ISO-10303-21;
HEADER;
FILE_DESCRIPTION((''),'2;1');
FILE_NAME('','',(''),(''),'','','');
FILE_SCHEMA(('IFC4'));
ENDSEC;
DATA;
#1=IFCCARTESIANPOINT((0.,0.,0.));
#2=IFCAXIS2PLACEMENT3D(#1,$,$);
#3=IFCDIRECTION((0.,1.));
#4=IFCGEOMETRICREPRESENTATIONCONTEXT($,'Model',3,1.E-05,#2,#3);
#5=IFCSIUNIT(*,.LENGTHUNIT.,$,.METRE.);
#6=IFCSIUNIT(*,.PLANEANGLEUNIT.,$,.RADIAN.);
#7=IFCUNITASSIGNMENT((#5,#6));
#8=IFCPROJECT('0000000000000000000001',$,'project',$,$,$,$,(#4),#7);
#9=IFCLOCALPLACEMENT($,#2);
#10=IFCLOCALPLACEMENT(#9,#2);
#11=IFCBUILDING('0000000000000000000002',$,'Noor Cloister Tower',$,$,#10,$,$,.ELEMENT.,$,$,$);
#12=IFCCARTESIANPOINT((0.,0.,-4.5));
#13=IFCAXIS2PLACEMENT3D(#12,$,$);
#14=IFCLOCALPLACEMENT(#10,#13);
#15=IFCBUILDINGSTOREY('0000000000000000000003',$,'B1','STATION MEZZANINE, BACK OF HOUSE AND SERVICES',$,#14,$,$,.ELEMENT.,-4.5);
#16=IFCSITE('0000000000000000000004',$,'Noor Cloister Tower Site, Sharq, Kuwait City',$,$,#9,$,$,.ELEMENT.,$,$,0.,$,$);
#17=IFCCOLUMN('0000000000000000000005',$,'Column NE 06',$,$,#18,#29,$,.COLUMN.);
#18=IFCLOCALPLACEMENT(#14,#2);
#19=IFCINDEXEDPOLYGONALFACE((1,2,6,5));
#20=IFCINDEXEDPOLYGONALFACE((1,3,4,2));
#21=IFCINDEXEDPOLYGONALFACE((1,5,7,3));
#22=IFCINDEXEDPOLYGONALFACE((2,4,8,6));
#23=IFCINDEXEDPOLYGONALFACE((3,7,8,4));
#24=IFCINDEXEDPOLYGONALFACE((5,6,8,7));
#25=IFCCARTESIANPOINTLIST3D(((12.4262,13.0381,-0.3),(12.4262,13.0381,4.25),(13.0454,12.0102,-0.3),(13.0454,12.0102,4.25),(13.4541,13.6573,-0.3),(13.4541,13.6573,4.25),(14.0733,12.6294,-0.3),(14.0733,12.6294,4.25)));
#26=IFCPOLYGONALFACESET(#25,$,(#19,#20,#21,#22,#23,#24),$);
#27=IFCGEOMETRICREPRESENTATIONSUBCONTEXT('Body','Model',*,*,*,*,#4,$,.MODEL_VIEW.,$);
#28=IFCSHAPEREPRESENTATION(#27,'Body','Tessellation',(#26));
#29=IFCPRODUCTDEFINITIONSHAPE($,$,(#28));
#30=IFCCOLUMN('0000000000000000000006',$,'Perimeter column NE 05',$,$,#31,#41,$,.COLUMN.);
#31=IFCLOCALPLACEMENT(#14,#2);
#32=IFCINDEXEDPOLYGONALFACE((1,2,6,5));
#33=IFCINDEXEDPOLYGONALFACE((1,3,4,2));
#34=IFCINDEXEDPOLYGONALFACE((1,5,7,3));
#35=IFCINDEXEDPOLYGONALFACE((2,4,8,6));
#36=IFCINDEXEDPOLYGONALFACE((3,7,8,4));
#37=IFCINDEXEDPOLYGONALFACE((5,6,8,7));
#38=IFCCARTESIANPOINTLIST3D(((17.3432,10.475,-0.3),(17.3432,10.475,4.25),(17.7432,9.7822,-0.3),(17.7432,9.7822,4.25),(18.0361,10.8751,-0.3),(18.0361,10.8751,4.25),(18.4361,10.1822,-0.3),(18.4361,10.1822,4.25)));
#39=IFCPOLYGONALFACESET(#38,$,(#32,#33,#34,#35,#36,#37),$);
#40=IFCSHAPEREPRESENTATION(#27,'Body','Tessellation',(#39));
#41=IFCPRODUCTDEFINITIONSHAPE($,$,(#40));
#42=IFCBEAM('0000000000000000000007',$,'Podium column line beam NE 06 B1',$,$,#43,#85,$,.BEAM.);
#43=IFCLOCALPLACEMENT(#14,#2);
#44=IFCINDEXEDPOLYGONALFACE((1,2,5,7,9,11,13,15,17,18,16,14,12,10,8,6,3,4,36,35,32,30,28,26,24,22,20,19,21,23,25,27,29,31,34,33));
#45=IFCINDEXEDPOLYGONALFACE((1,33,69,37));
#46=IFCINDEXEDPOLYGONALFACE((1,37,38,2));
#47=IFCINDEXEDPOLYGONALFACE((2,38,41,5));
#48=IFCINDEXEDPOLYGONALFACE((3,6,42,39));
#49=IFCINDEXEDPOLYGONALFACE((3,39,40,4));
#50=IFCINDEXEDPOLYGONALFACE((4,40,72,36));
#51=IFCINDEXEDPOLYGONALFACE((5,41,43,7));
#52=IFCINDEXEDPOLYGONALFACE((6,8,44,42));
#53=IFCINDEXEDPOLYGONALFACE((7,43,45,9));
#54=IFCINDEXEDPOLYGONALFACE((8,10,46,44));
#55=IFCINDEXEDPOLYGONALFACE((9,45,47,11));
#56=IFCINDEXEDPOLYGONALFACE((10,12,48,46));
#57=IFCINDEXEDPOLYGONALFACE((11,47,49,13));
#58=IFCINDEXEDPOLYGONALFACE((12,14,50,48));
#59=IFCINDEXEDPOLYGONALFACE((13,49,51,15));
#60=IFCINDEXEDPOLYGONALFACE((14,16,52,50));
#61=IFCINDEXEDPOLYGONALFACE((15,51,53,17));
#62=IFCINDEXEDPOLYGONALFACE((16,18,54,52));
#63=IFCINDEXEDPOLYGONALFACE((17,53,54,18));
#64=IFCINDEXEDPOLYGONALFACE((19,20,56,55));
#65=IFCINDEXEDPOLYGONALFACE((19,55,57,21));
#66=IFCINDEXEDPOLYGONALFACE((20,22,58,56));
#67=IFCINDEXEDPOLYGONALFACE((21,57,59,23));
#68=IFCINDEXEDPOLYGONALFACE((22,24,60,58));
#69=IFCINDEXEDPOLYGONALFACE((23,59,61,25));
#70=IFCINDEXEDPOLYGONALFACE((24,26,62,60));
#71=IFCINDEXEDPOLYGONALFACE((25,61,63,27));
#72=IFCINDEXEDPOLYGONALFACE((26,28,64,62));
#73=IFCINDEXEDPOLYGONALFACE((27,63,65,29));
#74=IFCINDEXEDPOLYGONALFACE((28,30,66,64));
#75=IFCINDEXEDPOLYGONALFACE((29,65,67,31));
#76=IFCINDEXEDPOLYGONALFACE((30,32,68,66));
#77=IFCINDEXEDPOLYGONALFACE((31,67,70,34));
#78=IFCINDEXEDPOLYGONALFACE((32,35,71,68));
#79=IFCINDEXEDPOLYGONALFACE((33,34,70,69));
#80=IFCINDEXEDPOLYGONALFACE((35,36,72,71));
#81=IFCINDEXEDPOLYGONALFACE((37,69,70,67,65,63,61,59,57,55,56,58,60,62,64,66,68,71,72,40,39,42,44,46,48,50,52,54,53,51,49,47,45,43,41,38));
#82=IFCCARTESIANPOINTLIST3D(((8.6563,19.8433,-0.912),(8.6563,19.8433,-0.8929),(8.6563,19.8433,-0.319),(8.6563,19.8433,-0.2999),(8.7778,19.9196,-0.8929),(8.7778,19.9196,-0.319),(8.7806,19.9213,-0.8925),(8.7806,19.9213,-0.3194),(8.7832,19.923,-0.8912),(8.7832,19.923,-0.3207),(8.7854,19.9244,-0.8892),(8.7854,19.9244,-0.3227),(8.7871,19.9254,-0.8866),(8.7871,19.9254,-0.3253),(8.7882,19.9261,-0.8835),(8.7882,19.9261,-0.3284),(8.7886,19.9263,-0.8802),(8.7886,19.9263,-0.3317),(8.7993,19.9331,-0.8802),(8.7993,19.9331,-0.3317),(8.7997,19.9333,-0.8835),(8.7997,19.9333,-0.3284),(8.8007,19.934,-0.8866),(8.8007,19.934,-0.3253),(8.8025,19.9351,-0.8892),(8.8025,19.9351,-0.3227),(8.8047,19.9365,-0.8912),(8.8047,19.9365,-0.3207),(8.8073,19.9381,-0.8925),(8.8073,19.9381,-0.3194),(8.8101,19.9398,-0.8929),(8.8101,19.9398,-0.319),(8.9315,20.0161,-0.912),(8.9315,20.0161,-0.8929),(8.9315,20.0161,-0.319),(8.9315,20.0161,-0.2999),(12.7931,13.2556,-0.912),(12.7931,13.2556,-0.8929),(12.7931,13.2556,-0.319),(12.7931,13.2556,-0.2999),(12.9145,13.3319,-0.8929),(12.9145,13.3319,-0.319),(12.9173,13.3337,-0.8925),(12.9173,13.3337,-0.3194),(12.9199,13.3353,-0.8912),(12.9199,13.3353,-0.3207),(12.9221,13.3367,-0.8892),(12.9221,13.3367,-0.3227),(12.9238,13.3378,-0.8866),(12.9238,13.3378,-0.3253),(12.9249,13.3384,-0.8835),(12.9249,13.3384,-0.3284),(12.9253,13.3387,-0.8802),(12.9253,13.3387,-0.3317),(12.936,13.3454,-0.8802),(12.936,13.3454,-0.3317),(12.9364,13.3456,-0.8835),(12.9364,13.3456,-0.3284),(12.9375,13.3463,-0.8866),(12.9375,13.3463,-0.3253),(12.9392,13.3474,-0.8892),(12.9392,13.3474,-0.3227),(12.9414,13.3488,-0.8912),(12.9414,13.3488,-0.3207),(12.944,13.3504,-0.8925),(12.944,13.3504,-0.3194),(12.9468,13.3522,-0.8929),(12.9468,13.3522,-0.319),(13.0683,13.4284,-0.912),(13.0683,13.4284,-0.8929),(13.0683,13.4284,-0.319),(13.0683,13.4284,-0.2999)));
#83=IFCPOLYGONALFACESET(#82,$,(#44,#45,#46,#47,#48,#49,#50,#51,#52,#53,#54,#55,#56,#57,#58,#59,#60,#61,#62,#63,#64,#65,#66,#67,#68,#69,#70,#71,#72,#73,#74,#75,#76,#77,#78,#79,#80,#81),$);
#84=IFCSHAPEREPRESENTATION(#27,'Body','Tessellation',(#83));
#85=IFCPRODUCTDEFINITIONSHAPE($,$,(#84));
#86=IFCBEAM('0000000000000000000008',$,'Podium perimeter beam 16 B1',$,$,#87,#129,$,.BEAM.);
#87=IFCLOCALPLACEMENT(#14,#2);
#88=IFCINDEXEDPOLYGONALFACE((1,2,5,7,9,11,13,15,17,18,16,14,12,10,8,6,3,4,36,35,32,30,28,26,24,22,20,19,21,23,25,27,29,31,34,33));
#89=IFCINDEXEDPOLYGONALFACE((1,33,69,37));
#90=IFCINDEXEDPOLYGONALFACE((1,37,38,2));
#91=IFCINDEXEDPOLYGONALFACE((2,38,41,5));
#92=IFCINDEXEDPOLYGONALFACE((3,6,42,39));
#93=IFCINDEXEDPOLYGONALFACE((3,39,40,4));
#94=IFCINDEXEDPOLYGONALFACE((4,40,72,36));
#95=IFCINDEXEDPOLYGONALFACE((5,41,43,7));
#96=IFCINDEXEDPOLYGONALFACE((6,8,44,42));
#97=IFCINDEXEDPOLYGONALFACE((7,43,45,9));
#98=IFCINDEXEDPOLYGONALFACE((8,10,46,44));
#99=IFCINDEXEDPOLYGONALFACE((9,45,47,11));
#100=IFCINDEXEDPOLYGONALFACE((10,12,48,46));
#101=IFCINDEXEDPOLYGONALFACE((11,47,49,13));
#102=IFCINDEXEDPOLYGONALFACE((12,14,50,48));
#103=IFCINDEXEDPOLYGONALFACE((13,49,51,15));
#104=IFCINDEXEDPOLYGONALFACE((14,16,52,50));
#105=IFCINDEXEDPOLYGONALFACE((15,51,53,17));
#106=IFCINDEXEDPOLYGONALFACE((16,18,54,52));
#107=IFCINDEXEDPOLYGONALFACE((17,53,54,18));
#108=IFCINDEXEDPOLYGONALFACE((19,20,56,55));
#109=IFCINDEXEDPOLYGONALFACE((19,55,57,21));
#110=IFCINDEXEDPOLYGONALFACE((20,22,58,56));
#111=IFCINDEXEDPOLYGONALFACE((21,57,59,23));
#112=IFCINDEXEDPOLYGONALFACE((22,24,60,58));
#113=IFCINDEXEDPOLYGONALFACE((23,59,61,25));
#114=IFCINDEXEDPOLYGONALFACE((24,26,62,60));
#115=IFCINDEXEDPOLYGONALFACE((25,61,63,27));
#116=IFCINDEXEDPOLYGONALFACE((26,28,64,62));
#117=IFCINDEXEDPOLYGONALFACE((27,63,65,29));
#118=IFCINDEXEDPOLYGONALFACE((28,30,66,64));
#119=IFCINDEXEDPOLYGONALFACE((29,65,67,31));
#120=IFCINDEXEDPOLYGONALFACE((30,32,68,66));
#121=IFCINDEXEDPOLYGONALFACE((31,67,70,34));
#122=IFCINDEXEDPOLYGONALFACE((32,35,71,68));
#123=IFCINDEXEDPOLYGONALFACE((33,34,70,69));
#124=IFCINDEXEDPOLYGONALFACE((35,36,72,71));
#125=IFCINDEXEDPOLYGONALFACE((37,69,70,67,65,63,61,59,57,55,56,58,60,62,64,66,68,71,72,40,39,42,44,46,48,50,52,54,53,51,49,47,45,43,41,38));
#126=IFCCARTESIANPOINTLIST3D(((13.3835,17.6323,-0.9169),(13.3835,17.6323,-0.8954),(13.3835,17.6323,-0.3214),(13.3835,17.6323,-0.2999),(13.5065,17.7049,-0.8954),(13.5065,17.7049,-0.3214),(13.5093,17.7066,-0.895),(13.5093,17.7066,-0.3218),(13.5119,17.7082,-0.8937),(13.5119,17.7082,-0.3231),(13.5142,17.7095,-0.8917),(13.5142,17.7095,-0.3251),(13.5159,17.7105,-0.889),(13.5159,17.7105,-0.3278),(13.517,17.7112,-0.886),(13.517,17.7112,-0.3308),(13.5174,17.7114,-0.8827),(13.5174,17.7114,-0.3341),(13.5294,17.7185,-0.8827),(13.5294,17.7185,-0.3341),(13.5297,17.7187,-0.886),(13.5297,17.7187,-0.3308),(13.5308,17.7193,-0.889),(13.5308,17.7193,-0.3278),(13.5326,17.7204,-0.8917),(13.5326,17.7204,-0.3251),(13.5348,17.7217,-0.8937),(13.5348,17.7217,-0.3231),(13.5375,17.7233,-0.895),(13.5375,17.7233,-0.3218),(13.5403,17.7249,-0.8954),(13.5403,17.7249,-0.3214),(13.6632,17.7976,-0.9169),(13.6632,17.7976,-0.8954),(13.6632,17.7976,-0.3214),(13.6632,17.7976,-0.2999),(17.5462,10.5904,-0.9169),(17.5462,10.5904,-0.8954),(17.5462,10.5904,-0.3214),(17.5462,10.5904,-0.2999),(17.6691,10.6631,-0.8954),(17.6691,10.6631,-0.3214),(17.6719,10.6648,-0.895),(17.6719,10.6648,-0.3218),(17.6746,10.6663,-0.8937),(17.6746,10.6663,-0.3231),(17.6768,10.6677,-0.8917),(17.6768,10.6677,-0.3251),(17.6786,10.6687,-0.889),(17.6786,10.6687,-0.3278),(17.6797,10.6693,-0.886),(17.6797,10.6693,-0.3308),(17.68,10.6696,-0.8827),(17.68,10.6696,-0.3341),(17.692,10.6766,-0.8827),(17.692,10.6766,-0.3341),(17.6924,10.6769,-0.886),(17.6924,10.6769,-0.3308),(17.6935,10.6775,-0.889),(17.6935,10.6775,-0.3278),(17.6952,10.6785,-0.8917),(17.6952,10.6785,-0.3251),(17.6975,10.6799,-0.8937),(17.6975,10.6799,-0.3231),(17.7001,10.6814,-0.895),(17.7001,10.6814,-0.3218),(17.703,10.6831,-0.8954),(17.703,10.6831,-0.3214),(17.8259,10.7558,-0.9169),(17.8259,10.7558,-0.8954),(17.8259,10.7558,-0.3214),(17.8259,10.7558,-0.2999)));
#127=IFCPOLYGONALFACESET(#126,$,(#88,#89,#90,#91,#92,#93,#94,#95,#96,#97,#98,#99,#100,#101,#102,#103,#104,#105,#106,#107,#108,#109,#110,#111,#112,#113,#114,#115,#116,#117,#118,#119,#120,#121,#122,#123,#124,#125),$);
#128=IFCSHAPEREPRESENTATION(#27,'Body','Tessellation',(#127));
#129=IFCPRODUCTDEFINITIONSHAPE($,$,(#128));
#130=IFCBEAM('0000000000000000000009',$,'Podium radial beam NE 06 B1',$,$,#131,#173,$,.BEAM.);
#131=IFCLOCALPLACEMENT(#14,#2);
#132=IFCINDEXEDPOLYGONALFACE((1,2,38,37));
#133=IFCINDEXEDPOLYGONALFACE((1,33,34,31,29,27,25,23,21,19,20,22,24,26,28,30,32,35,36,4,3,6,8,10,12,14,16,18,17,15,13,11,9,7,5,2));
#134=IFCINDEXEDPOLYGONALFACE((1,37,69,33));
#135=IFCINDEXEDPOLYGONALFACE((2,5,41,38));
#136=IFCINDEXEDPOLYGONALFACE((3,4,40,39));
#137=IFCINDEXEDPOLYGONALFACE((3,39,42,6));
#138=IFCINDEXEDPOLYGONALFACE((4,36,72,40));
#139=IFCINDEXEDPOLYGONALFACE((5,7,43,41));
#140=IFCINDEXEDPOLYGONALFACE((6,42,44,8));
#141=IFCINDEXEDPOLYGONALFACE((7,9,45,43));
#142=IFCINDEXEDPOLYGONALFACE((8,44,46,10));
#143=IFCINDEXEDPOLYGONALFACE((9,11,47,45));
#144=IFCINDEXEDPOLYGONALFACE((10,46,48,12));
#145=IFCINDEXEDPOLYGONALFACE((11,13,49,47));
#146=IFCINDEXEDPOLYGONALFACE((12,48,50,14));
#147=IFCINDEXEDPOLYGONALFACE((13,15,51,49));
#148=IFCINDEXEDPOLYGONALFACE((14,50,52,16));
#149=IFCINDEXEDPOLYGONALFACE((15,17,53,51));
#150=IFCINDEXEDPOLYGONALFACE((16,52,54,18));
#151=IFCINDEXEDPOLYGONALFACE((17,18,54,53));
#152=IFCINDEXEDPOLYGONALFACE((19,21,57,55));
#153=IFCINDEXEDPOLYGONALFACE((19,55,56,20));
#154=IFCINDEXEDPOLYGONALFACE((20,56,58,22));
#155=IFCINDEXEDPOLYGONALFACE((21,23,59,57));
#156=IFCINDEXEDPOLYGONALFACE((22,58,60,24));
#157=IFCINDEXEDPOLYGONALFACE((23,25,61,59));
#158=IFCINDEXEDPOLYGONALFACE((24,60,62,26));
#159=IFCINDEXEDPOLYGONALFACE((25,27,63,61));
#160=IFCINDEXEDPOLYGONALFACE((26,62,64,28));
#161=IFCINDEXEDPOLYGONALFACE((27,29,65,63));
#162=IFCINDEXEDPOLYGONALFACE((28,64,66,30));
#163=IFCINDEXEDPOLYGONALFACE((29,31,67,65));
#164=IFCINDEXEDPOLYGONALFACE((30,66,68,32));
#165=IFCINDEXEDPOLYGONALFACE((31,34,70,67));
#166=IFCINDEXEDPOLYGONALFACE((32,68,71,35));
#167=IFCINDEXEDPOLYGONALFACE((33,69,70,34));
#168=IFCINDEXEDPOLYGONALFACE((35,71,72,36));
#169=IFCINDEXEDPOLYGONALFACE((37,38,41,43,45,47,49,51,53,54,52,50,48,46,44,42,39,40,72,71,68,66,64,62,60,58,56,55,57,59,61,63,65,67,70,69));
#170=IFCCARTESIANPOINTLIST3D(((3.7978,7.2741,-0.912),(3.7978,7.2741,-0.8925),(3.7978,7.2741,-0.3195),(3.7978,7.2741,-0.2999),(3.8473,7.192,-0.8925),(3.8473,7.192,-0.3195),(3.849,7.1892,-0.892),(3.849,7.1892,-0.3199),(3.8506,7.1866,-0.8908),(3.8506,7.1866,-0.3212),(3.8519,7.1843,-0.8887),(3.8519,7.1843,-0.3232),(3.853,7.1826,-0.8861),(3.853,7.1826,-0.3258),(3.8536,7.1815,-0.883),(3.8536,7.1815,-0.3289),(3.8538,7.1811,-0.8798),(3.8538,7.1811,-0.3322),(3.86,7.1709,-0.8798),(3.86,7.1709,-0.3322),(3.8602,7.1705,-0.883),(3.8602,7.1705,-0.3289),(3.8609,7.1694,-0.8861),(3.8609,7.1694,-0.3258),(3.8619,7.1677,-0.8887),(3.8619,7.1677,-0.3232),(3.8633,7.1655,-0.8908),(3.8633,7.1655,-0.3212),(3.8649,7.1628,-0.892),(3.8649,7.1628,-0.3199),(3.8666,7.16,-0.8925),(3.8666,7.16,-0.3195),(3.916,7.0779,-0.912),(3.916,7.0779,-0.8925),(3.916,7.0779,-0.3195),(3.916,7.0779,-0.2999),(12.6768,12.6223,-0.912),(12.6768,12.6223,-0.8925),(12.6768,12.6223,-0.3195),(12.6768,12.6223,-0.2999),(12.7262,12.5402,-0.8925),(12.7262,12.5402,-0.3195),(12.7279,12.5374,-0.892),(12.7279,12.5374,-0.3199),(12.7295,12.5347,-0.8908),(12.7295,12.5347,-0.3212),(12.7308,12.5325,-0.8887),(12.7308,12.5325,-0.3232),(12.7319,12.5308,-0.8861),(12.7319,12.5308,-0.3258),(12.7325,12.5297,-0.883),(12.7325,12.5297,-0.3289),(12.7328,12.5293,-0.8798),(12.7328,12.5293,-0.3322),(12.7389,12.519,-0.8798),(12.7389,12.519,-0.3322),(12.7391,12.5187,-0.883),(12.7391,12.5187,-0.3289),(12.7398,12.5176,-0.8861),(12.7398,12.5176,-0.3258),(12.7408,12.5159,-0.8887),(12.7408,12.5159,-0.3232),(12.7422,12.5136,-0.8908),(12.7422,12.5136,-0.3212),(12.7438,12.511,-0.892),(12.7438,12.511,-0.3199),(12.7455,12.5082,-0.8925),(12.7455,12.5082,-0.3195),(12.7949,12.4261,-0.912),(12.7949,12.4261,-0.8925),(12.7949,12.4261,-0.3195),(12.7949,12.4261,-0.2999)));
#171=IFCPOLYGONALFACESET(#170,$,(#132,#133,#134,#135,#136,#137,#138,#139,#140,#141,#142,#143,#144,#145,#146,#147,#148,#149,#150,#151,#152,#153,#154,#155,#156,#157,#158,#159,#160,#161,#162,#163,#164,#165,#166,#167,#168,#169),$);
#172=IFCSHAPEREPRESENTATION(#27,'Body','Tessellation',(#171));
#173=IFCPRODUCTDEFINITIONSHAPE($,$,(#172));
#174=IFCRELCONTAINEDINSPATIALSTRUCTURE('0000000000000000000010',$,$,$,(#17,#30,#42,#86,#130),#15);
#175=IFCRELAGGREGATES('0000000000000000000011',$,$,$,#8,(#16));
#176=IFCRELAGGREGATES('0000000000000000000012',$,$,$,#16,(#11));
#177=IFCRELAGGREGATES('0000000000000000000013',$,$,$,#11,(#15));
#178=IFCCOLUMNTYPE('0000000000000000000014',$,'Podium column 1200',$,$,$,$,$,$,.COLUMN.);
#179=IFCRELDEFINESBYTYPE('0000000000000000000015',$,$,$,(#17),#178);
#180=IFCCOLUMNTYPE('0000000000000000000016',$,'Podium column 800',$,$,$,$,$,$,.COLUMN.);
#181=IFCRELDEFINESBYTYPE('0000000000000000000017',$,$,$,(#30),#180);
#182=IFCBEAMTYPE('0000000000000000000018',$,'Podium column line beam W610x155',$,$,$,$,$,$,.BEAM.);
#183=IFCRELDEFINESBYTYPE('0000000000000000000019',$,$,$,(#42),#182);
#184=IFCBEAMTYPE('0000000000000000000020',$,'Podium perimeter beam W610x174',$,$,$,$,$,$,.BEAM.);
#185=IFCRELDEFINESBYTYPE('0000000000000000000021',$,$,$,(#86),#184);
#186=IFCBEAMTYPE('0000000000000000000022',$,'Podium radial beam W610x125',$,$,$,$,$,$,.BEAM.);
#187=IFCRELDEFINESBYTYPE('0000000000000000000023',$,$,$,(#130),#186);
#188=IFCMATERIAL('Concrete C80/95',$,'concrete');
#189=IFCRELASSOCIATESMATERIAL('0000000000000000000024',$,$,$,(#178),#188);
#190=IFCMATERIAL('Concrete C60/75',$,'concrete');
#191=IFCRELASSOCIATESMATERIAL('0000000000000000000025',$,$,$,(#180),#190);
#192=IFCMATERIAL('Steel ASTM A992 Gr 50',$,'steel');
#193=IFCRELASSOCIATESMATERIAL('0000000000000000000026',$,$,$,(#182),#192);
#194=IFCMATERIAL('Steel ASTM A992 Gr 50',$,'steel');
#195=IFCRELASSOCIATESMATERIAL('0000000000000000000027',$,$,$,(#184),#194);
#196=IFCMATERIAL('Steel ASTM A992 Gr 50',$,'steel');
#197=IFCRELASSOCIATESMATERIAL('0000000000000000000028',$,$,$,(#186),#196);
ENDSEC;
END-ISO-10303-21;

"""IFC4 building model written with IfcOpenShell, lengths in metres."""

from ifc_helpers import new_model, si_unit, direction, frame, origin, origin_2d, place, context, subcontext, project, spatial, rectangle, i_section, extrude, material, material_profile, profile_set, type_object, element, save


model = new_model("IFC4")

# Units and contexts
model_context = context("Model", 3, precision=1e-05, world=origin(), true_north=direction((0.0, 1.0)))
body_context = subcontext(model_context, "Body", "Model", "MODEL_VIEW")
ifc_project = project(units=[si_unit("LENGTHUNIT", "METRE"), si_unit("PLANEANGLEUNIT", "RADIAN")], contexts=[model_context])

# Site, building, storey
site_placement = place(None, origin())
site = spatial("IfcSite", under=ifc_project, at=site_placement, Name="Noor Cloister Tower Site, Sharq, Kuwait City", CompositionType="ELEMENT", RefElevation=0.0)
building_placement = place(site_placement, origin())
building = spatial("IfcBuilding", under=site, at=building_placement, Name="Noor Cloister Tower", CompositionType="ELEMENT")
storey_placement = place(building_placement, frame((0.0, 0.0, -4.5)))
storey = spatial("IfcBuildingStorey", under=building, at=storey_placement, Name="B1", Description="STATION MEZZANINE, BACK OF HOUSE AND SERVICES", CompositionType="ELEMENT", Elevation=-4.5)

# Columns
ifc_material_1 = material(Name="Concrete C80/95", Category="concrete")
ifc_material_profile_1 = material_profile(ifc_material_1, rectangle(XDim=1.2, YDim=1.2, at=origin_2d()), Name="Podium column 1200")
ifc_profile_set_1 = profile_set([ifc_material_profile_1], Name="Concrete C80/95")
column_type_1 = type_object("IfcColumnType", Name="Podium column 1200", PredefinedType="COLUMN", material=ifc_profile_set_1)
column_1_placement = place(storey_placement, frame((13.2498, 12.8337, -0.3), z_axis=(0.0, 0.0, 1.0), x_axis=(0.8566, 0.515981, 0.0)))
element("IfcColumn", 1, at=column_1_placement, inside=storey, type_object=column_type_1, Name="Column NE 06", PredefinedType="COLUMN", context=body_context, shape_type="SweptSolid", body=[
    extrude(rectangle(XDim=1.2, YDim=1.2, at=origin_2d()), origin(), (0.0, 0.0, 1.0), 4.55),
])
ifc_material_2 = material(Name="Concrete C60/75", Category="concrete")
ifc_material_profile_2 = material_profile(ifc_material_2, rectangle(XDim=0.8, YDim=0.8, at=origin_2d()), Name="Podium column 800")
ifc_profile_set_2 = profile_set([ifc_material_profile_2], Name="Concrete C60/75")
column_type_2 = type_object("IfcColumnType", Name="Podium column 800", PredefinedType="COLUMN", material=ifc_profile_set_2)
column_2_placement = place(storey_placement, frame((17.8896, 10.3286, -0.3), z_axis=(0.0, 0.0, 1.0), x_axis=(0.866025, 0.5, 0.0)))
element("IfcColumn", 2, at=column_2_placement, inside=storey, type_object=column_type_2, Name="Perimeter column NE 05", PredefinedType="COLUMN", context=body_context, shape_type="SweptSolid", body=[
    extrude(rectangle(XDim=0.8, YDim=0.8, at=origin_2d()), origin(), (0.0, 0.0, 1.0), 4.55),
])

# Beams
ifc_material_3 = material(Name="Steel ASTM A992 Gr 50", Category="steel")
ifc_material_profile_3 = material_profile(ifc_material_3, i_section(OverallWidth=0.325, OverallDepth=0.6121, WebThickness=0.0127, FlangeThickness=0.019, FilletRadius=0.0127, at=origin_2d()), Name="W610x155")
ifc_profile_set_3 = profile_set([ifc_material_profile_3], Name="Steel ASTM A992 Gr 50")
beam_type_1 = type_object("IfcBeamType", Name="Podium column line beam W610x155", PredefinedType="BEAM", material=ifc_profile_set_3)
beam_1_placement = place(storey_placement, frame((12.9307, 13.342, -0.606), z_axis=(-0.531795, 0.846873, 0.0), x_axis=(-0.846873, -0.531795, 0.0)))
element("IfcBeam", 3, at=beam_1_placement, inside=storey, type_object=beam_type_1, Name="Podium column line beam NE 06 B1", PredefinedType="BEAM", context=body_context, shape_type="SweptSolid", body=[
    extrude(i_section(OverallWidth=0.325, OverallDepth=0.6121, WebThickness=0.0127, FlangeThickness=0.019, FilletRadius=0.0127, at=origin_2d()), origin(), (0.0, 0.0, 1.0), 7.7788),
])
ifc_material_4 = material(Name="Steel ASTM A992 Gr 50", Category="steel")
ifc_material_profile_4 = material_profile(ifc_material_4, i_section(OverallWidth=0.325, OverallDepth=0.6169, WebThickness=0.0139, FlangeThickness=0.0215, FilletRadius=0.0127, at=origin_2d()), Name="W610x174")
ifc_profile_set_4 = profile_set([ifc_material_profile_4], Name="Steel ASTM A992 Gr 50")
beam_type_2 = type_object("IfcBeamType", Name="Podium perimeter beam W610x174", PredefinedType="BEAM", material=ifc_profile_set_4)
beam_2_placement = place(storey_placement, frame((17.686, 10.6731, -0.6084), z_axis=(-0.508871, 0.860843, 0.0), x_axis=(-0.860843, -0.508871, 0.0)))
element("IfcBeam", 4, at=beam_2_placement, inside=storey, type_object=beam_type_2, Name="Podium perimeter beam 16 B1", PredefinedType="BEAM", context=body_context, shape_type="SweptSolid", body=[
    extrude(i_section(OverallWidth=0.325, OverallDepth=0.6169, WebThickness=0.0139, FlangeThickness=0.0215, FilletRadius=0.0127, at=origin_2d()), origin(), (0.0, 0.0, 1.0), 8.1802),
])
ifc_material_5 = material(Name="Steel ASTM A992 Gr 50", Category="steel")
ifc_material_profile_5 = material_profile(ifc_material_5, i_section(OverallWidth=0.229, OverallDepth=0.6121, WebThickness=0.012, FlangeThickness=0.0195, FilletRadius=0.0127, at=origin_2d()), Name="W610x125")
ifc_profile_set_5 = profile_set([ifc_material_profile_5], Name="Steel ASTM A992 Gr 50")
beam_type_3 = type_object("IfcBeamType", Name="Podium radial beam W610x125", PredefinedType="BEAM", material=ifc_profile_set_5)
beam_3_placement = place(storey_placement, frame((12.7358, 12.5242, -0.606), z_axis=(-0.856606, -0.515971, 0.0), x_axis=(0.515971, -0.856606, 0.0)))
element("IfcBeam", 5, at=beam_3_placement, inside=storey, type_object=beam_type_3, Name="Podium radial beam NE 06 B1", PredefinedType="BEAM", context=body_context, shape_type="SweptSolid", body=[
    extrude(i_section(OverallWidth=0.229, OverallDepth=0.6121, WebThickness=0.012, FlangeThickness=0.0195, FilletRadius=0.0127, at=origin_2d()), origin(), (0.0, 0.0, 1.0), 10.3652),
])

save(model, "model.ifc")
